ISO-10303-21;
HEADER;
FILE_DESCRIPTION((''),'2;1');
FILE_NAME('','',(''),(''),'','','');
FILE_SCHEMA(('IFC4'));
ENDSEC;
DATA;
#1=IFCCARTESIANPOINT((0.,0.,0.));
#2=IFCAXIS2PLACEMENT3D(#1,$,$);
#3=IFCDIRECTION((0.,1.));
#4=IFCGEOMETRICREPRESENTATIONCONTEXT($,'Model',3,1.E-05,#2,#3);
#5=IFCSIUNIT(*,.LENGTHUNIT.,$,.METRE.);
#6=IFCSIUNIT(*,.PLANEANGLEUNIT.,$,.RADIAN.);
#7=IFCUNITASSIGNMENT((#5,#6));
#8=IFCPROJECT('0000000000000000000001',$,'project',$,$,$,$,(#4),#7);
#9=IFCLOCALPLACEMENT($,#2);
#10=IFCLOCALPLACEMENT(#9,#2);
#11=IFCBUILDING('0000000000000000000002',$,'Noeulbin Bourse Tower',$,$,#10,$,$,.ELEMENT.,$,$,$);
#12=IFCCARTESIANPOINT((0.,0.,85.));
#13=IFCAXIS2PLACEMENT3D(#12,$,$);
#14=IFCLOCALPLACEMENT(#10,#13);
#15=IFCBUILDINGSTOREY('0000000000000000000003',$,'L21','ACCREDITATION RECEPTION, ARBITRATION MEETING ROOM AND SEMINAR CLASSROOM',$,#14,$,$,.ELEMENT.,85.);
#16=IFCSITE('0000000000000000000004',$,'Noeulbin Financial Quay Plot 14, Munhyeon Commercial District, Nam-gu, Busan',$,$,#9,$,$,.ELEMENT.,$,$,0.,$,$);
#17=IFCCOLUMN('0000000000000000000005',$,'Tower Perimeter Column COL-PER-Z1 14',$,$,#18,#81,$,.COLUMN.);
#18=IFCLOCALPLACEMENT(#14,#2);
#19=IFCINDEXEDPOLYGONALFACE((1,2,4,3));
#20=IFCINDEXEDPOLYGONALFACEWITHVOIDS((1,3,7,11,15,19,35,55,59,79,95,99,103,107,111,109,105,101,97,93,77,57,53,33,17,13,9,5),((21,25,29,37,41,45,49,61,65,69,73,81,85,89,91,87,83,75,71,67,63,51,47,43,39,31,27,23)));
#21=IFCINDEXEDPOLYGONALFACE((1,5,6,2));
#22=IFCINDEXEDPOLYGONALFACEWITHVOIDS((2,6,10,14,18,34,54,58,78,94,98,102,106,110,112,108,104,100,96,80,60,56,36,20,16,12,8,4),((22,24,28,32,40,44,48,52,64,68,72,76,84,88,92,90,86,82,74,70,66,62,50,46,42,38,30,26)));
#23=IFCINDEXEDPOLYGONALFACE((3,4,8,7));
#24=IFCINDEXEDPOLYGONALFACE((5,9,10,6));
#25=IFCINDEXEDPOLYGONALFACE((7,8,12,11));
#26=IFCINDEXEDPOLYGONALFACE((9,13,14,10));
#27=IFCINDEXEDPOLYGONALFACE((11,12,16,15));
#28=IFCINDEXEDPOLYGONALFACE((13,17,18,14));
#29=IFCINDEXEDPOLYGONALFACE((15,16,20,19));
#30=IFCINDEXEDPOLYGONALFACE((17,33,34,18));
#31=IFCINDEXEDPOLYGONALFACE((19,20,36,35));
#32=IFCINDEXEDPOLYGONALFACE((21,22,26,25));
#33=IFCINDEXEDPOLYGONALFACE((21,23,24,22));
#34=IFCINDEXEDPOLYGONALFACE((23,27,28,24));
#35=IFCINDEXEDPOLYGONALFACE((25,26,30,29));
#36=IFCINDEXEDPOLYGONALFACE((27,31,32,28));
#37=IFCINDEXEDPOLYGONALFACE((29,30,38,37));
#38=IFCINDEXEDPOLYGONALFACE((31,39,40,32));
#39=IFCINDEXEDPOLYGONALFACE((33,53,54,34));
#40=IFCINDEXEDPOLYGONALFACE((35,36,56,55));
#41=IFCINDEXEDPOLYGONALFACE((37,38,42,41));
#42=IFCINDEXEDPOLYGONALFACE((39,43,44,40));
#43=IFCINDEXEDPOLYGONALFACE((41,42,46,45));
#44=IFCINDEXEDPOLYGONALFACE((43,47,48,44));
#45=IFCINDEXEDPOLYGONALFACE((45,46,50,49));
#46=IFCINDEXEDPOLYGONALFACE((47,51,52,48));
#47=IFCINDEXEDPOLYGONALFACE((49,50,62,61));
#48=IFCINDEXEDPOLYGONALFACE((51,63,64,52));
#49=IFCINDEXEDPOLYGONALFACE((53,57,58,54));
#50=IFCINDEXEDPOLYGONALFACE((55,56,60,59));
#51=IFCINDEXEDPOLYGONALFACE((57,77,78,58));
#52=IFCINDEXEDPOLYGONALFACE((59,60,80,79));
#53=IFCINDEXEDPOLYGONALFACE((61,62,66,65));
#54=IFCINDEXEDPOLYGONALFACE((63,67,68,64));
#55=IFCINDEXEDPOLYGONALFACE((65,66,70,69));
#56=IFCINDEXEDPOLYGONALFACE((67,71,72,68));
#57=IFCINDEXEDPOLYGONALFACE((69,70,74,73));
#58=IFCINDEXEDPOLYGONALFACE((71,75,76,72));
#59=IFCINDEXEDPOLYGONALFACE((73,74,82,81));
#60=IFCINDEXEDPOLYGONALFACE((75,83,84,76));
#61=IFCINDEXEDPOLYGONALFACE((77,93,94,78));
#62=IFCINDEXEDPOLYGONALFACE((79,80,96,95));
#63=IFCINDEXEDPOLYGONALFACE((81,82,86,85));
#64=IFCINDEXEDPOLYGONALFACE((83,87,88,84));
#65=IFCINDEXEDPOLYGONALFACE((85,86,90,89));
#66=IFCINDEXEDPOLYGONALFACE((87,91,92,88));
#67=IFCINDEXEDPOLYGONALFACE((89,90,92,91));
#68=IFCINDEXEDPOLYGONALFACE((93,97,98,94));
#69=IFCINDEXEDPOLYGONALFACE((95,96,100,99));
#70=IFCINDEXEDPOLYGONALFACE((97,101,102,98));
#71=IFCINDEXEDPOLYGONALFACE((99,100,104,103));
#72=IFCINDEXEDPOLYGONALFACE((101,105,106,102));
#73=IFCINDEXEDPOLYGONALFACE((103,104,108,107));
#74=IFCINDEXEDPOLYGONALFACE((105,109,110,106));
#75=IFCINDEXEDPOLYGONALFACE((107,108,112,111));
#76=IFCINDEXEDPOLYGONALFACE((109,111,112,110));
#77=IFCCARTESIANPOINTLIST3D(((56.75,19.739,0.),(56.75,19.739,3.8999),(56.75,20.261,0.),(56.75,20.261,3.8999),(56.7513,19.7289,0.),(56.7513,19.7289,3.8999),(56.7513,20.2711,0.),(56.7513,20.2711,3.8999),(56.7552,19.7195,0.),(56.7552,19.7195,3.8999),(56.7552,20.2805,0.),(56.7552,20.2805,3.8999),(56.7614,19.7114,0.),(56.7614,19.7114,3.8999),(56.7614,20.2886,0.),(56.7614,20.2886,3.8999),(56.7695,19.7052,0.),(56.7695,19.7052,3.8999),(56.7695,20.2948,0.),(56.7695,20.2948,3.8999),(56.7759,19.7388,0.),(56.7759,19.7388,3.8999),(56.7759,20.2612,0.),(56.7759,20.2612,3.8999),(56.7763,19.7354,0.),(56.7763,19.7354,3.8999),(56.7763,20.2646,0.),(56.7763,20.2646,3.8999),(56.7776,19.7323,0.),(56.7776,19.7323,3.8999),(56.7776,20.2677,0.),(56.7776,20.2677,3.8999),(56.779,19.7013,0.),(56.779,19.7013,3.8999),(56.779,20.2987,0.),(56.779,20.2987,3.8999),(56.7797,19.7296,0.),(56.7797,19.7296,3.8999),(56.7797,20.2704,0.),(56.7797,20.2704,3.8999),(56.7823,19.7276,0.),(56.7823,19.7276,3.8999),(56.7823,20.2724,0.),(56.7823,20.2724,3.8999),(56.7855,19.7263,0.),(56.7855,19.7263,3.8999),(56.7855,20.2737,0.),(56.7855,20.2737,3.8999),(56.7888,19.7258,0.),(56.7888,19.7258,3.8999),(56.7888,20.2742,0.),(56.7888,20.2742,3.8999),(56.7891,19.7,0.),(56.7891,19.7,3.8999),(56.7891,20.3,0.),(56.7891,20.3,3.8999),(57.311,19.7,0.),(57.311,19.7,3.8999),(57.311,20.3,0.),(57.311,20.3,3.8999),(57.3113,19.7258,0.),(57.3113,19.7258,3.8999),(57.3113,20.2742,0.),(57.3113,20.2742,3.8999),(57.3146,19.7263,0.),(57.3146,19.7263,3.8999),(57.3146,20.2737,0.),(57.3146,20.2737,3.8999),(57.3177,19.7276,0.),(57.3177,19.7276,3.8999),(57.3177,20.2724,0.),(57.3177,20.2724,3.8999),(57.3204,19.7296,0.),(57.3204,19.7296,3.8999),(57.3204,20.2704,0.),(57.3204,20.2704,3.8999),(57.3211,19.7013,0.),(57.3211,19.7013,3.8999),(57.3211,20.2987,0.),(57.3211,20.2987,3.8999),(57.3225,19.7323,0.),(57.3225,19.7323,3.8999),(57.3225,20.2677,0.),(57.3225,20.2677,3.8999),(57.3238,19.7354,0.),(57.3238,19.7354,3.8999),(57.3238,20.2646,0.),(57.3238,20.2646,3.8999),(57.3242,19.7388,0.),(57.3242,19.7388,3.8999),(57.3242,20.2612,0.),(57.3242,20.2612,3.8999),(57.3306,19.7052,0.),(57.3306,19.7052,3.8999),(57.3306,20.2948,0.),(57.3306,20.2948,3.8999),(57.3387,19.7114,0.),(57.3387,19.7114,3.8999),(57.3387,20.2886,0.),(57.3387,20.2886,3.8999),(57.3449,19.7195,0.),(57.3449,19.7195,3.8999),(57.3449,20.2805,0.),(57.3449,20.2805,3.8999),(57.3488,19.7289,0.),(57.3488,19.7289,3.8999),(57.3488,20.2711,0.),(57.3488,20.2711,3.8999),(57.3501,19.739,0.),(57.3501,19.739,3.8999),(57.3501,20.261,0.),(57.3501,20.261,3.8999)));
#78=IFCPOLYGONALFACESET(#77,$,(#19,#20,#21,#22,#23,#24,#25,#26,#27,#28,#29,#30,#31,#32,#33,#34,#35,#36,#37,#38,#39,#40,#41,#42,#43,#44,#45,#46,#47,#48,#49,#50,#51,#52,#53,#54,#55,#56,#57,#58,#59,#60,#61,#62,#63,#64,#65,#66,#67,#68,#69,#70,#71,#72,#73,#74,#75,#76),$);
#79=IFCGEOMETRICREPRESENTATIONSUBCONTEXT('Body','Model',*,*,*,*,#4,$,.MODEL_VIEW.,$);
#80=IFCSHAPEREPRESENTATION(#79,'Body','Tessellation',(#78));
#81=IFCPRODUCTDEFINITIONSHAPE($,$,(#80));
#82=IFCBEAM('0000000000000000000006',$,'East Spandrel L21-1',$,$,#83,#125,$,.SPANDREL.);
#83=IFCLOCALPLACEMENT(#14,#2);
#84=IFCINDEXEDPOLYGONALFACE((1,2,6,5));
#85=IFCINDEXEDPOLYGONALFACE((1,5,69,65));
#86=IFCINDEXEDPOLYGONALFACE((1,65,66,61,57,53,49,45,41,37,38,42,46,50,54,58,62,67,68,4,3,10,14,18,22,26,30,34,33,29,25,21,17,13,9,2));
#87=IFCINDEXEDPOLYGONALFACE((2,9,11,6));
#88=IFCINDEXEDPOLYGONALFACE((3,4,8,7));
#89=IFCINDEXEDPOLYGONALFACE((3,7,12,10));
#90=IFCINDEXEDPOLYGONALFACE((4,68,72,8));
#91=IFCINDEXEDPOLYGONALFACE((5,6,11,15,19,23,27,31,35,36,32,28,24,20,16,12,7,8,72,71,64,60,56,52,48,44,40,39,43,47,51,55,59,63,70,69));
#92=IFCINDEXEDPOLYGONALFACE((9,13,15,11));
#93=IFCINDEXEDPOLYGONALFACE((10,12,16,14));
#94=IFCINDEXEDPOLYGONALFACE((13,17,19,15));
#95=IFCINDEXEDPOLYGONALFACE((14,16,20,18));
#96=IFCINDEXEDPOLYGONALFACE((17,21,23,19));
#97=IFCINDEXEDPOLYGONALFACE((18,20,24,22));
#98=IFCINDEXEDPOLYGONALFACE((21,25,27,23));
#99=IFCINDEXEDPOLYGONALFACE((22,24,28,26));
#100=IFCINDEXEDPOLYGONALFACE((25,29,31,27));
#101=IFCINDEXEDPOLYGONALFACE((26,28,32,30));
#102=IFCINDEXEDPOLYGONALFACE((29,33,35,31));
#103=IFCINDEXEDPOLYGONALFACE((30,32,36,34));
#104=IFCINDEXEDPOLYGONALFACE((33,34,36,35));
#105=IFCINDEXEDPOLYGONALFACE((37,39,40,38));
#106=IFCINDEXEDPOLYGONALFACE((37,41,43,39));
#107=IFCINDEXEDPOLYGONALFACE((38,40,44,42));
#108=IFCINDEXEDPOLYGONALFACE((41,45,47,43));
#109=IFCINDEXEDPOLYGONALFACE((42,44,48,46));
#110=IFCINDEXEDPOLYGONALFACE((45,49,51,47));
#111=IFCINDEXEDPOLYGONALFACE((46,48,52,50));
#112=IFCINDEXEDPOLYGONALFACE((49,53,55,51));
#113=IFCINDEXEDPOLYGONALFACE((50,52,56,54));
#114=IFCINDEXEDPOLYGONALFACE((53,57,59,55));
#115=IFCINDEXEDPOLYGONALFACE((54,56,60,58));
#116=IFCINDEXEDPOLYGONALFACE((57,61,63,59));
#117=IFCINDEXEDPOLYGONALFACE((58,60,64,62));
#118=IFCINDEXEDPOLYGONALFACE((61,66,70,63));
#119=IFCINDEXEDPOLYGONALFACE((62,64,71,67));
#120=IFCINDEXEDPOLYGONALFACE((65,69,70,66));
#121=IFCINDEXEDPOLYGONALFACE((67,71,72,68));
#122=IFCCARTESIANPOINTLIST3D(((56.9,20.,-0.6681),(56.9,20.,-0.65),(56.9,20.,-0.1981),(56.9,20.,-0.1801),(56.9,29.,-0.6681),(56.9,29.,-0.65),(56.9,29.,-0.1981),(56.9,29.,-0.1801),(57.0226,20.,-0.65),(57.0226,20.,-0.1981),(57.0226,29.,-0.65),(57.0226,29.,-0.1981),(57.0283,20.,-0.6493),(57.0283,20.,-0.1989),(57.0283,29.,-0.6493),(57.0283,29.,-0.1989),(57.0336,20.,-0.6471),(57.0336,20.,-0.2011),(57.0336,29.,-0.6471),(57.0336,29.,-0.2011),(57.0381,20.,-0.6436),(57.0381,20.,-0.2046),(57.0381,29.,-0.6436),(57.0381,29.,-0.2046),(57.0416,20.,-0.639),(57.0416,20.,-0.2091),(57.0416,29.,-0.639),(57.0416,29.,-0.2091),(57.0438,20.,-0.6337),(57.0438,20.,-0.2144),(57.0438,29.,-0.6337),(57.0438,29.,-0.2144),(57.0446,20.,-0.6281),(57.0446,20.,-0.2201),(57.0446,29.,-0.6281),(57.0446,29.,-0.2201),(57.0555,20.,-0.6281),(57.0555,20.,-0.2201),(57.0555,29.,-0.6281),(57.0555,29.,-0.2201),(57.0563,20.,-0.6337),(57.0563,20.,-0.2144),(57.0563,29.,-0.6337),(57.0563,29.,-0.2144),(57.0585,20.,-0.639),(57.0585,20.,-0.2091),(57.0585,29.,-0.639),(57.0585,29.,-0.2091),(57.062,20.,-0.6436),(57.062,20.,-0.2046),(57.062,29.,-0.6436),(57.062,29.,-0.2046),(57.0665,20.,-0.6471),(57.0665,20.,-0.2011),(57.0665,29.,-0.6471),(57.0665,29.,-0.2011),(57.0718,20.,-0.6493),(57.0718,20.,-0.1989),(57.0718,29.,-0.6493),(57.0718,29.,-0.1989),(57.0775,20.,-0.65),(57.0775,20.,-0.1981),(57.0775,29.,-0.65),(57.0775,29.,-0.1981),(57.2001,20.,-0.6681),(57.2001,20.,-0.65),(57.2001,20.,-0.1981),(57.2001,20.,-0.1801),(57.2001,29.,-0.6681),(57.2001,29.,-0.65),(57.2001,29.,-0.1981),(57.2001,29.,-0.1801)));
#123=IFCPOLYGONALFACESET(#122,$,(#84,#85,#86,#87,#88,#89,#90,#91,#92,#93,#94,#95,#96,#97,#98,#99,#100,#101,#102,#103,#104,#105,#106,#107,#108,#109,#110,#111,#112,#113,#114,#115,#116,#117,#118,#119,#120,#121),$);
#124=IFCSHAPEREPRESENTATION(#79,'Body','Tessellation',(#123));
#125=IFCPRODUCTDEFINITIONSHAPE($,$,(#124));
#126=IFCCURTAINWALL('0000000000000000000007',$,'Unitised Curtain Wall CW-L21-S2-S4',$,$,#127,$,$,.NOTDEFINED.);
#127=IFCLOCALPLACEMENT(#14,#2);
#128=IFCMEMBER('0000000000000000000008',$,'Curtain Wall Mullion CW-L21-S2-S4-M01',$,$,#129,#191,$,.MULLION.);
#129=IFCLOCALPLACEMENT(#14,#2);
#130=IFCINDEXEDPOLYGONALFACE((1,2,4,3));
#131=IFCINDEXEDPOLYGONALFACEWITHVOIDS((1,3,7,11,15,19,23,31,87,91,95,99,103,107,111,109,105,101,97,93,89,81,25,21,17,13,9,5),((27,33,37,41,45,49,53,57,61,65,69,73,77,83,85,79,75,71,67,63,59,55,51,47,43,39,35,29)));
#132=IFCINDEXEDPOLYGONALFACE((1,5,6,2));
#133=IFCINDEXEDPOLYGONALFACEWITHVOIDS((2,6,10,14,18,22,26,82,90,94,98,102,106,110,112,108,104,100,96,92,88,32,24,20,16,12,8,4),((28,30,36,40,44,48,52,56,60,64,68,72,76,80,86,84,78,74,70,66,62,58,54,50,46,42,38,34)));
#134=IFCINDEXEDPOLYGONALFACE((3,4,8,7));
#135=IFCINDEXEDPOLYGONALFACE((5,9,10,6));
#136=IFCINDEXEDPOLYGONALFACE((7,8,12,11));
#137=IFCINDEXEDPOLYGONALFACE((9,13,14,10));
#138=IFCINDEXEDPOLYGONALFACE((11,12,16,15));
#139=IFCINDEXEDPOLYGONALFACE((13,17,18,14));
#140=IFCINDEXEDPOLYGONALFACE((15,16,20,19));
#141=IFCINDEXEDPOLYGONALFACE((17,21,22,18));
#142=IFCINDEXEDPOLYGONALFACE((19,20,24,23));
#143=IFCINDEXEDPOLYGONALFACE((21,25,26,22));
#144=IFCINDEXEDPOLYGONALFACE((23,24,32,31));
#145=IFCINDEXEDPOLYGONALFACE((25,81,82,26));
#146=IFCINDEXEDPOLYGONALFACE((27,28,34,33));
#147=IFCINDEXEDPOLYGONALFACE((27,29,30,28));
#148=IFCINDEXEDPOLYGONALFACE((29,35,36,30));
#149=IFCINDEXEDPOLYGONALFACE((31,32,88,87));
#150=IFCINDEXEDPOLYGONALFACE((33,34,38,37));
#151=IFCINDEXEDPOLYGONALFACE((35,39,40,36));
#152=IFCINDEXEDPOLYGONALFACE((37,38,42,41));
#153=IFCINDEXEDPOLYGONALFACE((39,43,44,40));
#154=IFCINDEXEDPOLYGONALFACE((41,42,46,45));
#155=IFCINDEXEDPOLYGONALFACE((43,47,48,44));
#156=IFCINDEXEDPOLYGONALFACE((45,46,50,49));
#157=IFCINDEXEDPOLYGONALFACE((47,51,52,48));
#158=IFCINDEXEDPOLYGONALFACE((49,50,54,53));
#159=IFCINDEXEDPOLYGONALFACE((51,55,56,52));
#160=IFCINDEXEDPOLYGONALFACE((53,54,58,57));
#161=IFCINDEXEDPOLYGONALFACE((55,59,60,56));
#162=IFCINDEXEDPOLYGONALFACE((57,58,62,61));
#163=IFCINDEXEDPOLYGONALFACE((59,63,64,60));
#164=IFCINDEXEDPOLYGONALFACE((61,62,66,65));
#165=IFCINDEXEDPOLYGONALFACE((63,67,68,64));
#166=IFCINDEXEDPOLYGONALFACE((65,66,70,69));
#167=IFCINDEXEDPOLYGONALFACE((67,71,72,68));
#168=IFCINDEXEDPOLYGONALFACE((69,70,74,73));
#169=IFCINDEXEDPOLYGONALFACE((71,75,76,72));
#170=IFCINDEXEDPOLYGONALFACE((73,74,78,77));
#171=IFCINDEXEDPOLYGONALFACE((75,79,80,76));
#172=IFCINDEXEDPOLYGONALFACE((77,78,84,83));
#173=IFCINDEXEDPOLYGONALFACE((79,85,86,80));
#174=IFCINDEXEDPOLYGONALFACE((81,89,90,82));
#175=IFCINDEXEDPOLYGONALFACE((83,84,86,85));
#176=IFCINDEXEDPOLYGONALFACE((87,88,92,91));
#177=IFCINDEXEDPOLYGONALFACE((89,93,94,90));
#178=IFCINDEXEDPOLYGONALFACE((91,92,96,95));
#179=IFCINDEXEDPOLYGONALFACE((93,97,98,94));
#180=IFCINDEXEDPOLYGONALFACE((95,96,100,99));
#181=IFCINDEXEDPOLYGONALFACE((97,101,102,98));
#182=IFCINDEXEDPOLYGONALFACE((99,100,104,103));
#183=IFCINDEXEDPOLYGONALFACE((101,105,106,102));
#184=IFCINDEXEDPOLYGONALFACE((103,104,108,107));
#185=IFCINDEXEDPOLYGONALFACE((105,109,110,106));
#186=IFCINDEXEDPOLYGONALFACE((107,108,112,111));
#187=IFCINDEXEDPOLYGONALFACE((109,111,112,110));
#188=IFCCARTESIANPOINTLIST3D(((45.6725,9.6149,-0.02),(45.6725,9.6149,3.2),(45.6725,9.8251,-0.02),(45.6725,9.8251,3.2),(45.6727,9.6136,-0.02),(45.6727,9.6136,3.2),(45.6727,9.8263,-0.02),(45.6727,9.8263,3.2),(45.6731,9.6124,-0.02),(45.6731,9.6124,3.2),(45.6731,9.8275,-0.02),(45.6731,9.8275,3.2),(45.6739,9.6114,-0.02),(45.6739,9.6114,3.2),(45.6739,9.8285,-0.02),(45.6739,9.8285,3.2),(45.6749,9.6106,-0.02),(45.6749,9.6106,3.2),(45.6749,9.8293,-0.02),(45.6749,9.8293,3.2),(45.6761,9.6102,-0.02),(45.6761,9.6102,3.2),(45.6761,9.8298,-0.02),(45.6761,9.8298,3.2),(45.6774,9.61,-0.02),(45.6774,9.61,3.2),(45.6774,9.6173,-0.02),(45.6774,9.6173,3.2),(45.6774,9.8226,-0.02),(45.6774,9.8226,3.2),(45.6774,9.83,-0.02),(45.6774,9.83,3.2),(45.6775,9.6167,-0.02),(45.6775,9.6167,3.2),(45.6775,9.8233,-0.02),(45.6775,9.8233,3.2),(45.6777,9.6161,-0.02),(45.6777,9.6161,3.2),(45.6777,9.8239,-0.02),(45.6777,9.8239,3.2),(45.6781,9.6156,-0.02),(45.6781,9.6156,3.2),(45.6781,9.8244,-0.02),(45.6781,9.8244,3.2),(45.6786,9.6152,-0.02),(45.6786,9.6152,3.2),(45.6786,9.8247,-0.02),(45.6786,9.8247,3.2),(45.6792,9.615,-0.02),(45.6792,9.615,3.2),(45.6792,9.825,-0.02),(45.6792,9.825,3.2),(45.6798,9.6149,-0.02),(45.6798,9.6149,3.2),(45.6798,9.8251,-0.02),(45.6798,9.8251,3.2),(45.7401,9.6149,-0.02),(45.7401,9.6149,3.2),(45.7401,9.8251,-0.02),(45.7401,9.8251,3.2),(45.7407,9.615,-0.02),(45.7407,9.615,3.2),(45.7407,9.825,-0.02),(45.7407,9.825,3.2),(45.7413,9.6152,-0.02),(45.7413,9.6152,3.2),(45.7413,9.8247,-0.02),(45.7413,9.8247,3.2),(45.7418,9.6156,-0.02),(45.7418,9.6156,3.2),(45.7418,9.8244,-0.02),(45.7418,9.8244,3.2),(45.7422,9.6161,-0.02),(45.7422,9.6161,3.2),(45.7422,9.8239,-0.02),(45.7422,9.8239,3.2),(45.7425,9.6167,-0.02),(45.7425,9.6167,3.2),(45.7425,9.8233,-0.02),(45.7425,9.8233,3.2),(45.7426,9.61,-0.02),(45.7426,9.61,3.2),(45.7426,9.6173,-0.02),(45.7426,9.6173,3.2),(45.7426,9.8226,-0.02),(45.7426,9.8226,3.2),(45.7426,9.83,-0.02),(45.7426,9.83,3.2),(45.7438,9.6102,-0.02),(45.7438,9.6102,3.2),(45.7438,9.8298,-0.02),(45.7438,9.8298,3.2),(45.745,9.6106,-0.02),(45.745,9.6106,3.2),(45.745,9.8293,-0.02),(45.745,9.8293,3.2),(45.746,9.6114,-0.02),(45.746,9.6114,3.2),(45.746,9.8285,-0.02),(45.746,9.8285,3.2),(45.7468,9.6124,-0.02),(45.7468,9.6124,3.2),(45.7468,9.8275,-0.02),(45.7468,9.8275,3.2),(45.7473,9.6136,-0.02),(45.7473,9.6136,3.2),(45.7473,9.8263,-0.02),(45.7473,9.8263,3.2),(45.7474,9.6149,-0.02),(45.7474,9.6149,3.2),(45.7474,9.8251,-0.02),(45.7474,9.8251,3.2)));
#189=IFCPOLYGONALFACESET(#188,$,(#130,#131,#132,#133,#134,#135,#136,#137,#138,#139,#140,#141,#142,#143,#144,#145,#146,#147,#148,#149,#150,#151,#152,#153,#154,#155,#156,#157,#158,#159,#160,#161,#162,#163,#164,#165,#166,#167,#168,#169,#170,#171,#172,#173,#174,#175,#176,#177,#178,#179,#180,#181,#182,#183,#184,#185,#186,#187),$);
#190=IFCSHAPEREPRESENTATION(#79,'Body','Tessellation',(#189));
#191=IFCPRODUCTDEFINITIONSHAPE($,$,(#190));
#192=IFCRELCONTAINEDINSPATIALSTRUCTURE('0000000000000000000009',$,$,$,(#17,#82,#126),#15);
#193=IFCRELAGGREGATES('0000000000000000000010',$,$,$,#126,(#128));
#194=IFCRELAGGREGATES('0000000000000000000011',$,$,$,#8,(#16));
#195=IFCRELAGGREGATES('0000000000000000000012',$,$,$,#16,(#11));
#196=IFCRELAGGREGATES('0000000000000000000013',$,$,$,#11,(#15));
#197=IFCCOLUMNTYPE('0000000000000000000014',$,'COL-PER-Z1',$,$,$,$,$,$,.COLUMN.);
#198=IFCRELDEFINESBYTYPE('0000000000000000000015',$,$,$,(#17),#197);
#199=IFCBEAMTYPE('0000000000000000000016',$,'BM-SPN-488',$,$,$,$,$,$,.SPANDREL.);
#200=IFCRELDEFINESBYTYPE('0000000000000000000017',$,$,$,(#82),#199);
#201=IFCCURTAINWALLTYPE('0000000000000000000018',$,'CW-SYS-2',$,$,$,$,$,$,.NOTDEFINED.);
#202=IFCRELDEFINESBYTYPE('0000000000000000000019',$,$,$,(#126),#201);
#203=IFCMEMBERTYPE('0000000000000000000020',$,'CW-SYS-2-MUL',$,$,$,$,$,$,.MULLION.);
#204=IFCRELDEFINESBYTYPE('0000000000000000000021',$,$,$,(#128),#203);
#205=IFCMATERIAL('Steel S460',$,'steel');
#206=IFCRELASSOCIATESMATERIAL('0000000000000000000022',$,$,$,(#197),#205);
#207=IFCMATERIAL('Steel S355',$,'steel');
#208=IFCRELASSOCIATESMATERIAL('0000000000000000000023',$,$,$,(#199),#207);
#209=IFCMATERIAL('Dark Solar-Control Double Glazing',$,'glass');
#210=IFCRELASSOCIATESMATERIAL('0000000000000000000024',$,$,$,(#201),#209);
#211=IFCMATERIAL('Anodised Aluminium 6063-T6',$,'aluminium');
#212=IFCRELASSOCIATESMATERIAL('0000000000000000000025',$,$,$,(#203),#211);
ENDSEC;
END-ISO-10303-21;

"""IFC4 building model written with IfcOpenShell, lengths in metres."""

from ifc_helpers import new_model, si_unit, direction, frame, origin, origin_2d, place, context, subcontext, project, spatial, hollow_rectangle, i_section, extrude, material, material_profile, profile_set, type_object, element, aggregate, save


model = new_model("IFC4")

# Units and contexts
model_context = context("Model", 3, precision=1e-05, world=origin(), true_north=direction((0.0, 1.0)))
body_context = subcontext(model_context, "Body", "Model", "MODEL_VIEW")
ifc_project = project(units=[si_unit("LENGTHUNIT", "METRE"), si_unit("PLANEANGLEUNIT", "RADIAN")], contexts=[model_context])

# Site, building, storey
site_placement = place(None, origin())
site = spatial("IfcSite", under=ifc_project, at=site_placement, Name="Noeulbin Financial Quay Plot 14, Munhyeon Commercial District, Nam-gu, Busan", CompositionType="ELEMENT", RefElevation=0.0)
building_placement = place(site_placement, origin())
building = spatial("IfcBuilding", under=site, at=building_placement, Name="Noeulbin Bourse Tower", CompositionType="ELEMENT")
storey_placement = place(building_placement, frame((0.0, 0.0, 85.0)))
storey = spatial("IfcBuildingStorey", under=building, at=storey_placement, Name="L21", Description="ACCREDITATION RECEPTION, ARBITRATION MEETING ROOM AND SEMINAR CLASSROOM", CompositionType="ELEMENT", Elevation=85.0)

# Column
ifc_material_1 = material(Name="Steel S460", Category="steel")
ifc_material_profile_1 = material_profile(ifc_material_1, hollow_rectangle(XDim=0.6001, YDim=0.6001, WallThickness=0.0259, InnerFilletRadius=0.0129, OuterFilletRadius=0.0391, at=origin_2d()), Name="BOX-600x600x26", Category="LoadBearing")
ifc_profile_set_1 = profile_set([ifc_material_profile_1], Name="Steel S460")
column_type = type_object("IfcColumnType", Name="COL-PER-Z1", PredefinedType="COLUMN", material=ifc_profile_set_1)
column_placement = place(storey_placement, frame((57.05, 20.0, 0.0), z_axis=(0.0, 0.0, 1.0), x_axis=(1.0, 0.0, 0.0)))
element("IfcColumn", 1, at=column_placement, inside=storey, type_object=column_type, Name="Tower Perimeter Column COL-PER-Z1 14", PredefinedType="COLUMN", context=body_context, shape_type="SweptSolid", body=[
    extrude(hollow_rectangle(XDim=0.6001, YDim=0.6001, WallThickness=0.0259, InnerFilletRadius=0.0129, OuterFilletRadius=0.0391, at=origin_2d()), origin(), (0.0, 0.0, 1.0), 3.8999),
])

# Beam
ifc_material_2 = material(Name="Steel S355", Category="steel")
ifc_material_profile_2 = material_profile(ifc_material_2, i_section(OverallWidth=0.3, OverallDepth=0.488, WebThickness=0.011, FlangeThickness=0.0181, FilletRadius=0.022, at=origin_2d()), Name="H-488x300x11x18", Category="LoadBearing")
ifc_profile_set_2 = profile_set([ifc_material_profile_2], Name="Steel S355")
beam_type = type_object("IfcBeamType", Name="BM-SPN-488", PredefinedType="SPANDREL", material=ifc_profile_set_2)
beam_placement = place(storey_placement, frame((57.05, 20.0, -0.4241), z_axis=(0.0, 1.0, 0.0), x_axis=(-1.0, 0.0, 0.0)))
element("IfcBeam", 2, at=beam_placement, inside=storey, type_object=beam_type, Name="East Spandrel L21-1", PredefinedType="SPANDREL", context=body_context, shape_type="SweptSolid", body=[
    extrude(i_section(OverallWidth=0.3, OverallDepth=0.488, WebThickness=0.011, FlangeThickness=0.0181, FilletRadius=0.022, at=origin_2d()), origin(), (0.0, 0.0, 1.0), 9.0),
])

# Curtain wall, member
ifc_material_3 = material(Name="Dark Solar-Control Double Glazing", Category="glass")
curtain_wall_type = type_object("IfcCurtainWallType", Name="CW-SYS-2", PredefinedType="NOTDEFINED", material=ifc_material_3)
curtain_wall_1_placement = place(storey_placement, origin())
curtain_wall_1 = element("IfcCurtainWall", 3, at=curtain_wall_1_placement, inside=storey, type_object=curtain_wall_type, Name="Unitised Curtain Wall CW-L21-S2-S4", PredefinedType="NOTDEFINED")
ifc_material_4 = material(Name="Anodised Aluminium 6063-T6", Category="aluminium")
ifc_material_profile_3 = material_profile(ifc_material_4, hollow_rectangle(XDim=0.075, YDim=0.22, WallThickness=0.0049, InnerFilletRadius=0.0024, OuterFilletRadius=0.0049, at=origin_2d()), Name="ALU-MULL-75x220x5", Category="LoadBearing")
ifc_profile_set_3 = profile_set([ifc_material_profile_3], Name="Anodised Aluminium 6063-T6")
member_type_1 = type_object("IfcMemberType", Name="CW-SYS-2-MUL", PredefinedType="MULLION", material=ifc_profile_set_3)
member_1_placement = place(storey_placement, frame((45.71, 9.72, -0.02), z_axis=(0.0, 0.0, 1.0), x_axis=(1.0, 0.0, 0.0)))
member_1 = element("IfcMember", 4, at=member_1_placement, type_object=member_type_1, Name="Curtain Wall Mullion CW-L21-S2-S4-M01", PredefinedType="MULLION", context=body_context, shape_type="SweptSolid", body=[
    extrude(hollow_rectangle(XDim=0.075, YDim=0.22, WallThickness=0.0049, InnerFilletRadius=0.0024, OuterFilletRadius=0.0049, at=origin_2d()), origin(), (0.0, 0.0, 1.0), 3.22),
])
aggregate(curtain_wall_1, [member_1])

save(model, "model.ifc")
